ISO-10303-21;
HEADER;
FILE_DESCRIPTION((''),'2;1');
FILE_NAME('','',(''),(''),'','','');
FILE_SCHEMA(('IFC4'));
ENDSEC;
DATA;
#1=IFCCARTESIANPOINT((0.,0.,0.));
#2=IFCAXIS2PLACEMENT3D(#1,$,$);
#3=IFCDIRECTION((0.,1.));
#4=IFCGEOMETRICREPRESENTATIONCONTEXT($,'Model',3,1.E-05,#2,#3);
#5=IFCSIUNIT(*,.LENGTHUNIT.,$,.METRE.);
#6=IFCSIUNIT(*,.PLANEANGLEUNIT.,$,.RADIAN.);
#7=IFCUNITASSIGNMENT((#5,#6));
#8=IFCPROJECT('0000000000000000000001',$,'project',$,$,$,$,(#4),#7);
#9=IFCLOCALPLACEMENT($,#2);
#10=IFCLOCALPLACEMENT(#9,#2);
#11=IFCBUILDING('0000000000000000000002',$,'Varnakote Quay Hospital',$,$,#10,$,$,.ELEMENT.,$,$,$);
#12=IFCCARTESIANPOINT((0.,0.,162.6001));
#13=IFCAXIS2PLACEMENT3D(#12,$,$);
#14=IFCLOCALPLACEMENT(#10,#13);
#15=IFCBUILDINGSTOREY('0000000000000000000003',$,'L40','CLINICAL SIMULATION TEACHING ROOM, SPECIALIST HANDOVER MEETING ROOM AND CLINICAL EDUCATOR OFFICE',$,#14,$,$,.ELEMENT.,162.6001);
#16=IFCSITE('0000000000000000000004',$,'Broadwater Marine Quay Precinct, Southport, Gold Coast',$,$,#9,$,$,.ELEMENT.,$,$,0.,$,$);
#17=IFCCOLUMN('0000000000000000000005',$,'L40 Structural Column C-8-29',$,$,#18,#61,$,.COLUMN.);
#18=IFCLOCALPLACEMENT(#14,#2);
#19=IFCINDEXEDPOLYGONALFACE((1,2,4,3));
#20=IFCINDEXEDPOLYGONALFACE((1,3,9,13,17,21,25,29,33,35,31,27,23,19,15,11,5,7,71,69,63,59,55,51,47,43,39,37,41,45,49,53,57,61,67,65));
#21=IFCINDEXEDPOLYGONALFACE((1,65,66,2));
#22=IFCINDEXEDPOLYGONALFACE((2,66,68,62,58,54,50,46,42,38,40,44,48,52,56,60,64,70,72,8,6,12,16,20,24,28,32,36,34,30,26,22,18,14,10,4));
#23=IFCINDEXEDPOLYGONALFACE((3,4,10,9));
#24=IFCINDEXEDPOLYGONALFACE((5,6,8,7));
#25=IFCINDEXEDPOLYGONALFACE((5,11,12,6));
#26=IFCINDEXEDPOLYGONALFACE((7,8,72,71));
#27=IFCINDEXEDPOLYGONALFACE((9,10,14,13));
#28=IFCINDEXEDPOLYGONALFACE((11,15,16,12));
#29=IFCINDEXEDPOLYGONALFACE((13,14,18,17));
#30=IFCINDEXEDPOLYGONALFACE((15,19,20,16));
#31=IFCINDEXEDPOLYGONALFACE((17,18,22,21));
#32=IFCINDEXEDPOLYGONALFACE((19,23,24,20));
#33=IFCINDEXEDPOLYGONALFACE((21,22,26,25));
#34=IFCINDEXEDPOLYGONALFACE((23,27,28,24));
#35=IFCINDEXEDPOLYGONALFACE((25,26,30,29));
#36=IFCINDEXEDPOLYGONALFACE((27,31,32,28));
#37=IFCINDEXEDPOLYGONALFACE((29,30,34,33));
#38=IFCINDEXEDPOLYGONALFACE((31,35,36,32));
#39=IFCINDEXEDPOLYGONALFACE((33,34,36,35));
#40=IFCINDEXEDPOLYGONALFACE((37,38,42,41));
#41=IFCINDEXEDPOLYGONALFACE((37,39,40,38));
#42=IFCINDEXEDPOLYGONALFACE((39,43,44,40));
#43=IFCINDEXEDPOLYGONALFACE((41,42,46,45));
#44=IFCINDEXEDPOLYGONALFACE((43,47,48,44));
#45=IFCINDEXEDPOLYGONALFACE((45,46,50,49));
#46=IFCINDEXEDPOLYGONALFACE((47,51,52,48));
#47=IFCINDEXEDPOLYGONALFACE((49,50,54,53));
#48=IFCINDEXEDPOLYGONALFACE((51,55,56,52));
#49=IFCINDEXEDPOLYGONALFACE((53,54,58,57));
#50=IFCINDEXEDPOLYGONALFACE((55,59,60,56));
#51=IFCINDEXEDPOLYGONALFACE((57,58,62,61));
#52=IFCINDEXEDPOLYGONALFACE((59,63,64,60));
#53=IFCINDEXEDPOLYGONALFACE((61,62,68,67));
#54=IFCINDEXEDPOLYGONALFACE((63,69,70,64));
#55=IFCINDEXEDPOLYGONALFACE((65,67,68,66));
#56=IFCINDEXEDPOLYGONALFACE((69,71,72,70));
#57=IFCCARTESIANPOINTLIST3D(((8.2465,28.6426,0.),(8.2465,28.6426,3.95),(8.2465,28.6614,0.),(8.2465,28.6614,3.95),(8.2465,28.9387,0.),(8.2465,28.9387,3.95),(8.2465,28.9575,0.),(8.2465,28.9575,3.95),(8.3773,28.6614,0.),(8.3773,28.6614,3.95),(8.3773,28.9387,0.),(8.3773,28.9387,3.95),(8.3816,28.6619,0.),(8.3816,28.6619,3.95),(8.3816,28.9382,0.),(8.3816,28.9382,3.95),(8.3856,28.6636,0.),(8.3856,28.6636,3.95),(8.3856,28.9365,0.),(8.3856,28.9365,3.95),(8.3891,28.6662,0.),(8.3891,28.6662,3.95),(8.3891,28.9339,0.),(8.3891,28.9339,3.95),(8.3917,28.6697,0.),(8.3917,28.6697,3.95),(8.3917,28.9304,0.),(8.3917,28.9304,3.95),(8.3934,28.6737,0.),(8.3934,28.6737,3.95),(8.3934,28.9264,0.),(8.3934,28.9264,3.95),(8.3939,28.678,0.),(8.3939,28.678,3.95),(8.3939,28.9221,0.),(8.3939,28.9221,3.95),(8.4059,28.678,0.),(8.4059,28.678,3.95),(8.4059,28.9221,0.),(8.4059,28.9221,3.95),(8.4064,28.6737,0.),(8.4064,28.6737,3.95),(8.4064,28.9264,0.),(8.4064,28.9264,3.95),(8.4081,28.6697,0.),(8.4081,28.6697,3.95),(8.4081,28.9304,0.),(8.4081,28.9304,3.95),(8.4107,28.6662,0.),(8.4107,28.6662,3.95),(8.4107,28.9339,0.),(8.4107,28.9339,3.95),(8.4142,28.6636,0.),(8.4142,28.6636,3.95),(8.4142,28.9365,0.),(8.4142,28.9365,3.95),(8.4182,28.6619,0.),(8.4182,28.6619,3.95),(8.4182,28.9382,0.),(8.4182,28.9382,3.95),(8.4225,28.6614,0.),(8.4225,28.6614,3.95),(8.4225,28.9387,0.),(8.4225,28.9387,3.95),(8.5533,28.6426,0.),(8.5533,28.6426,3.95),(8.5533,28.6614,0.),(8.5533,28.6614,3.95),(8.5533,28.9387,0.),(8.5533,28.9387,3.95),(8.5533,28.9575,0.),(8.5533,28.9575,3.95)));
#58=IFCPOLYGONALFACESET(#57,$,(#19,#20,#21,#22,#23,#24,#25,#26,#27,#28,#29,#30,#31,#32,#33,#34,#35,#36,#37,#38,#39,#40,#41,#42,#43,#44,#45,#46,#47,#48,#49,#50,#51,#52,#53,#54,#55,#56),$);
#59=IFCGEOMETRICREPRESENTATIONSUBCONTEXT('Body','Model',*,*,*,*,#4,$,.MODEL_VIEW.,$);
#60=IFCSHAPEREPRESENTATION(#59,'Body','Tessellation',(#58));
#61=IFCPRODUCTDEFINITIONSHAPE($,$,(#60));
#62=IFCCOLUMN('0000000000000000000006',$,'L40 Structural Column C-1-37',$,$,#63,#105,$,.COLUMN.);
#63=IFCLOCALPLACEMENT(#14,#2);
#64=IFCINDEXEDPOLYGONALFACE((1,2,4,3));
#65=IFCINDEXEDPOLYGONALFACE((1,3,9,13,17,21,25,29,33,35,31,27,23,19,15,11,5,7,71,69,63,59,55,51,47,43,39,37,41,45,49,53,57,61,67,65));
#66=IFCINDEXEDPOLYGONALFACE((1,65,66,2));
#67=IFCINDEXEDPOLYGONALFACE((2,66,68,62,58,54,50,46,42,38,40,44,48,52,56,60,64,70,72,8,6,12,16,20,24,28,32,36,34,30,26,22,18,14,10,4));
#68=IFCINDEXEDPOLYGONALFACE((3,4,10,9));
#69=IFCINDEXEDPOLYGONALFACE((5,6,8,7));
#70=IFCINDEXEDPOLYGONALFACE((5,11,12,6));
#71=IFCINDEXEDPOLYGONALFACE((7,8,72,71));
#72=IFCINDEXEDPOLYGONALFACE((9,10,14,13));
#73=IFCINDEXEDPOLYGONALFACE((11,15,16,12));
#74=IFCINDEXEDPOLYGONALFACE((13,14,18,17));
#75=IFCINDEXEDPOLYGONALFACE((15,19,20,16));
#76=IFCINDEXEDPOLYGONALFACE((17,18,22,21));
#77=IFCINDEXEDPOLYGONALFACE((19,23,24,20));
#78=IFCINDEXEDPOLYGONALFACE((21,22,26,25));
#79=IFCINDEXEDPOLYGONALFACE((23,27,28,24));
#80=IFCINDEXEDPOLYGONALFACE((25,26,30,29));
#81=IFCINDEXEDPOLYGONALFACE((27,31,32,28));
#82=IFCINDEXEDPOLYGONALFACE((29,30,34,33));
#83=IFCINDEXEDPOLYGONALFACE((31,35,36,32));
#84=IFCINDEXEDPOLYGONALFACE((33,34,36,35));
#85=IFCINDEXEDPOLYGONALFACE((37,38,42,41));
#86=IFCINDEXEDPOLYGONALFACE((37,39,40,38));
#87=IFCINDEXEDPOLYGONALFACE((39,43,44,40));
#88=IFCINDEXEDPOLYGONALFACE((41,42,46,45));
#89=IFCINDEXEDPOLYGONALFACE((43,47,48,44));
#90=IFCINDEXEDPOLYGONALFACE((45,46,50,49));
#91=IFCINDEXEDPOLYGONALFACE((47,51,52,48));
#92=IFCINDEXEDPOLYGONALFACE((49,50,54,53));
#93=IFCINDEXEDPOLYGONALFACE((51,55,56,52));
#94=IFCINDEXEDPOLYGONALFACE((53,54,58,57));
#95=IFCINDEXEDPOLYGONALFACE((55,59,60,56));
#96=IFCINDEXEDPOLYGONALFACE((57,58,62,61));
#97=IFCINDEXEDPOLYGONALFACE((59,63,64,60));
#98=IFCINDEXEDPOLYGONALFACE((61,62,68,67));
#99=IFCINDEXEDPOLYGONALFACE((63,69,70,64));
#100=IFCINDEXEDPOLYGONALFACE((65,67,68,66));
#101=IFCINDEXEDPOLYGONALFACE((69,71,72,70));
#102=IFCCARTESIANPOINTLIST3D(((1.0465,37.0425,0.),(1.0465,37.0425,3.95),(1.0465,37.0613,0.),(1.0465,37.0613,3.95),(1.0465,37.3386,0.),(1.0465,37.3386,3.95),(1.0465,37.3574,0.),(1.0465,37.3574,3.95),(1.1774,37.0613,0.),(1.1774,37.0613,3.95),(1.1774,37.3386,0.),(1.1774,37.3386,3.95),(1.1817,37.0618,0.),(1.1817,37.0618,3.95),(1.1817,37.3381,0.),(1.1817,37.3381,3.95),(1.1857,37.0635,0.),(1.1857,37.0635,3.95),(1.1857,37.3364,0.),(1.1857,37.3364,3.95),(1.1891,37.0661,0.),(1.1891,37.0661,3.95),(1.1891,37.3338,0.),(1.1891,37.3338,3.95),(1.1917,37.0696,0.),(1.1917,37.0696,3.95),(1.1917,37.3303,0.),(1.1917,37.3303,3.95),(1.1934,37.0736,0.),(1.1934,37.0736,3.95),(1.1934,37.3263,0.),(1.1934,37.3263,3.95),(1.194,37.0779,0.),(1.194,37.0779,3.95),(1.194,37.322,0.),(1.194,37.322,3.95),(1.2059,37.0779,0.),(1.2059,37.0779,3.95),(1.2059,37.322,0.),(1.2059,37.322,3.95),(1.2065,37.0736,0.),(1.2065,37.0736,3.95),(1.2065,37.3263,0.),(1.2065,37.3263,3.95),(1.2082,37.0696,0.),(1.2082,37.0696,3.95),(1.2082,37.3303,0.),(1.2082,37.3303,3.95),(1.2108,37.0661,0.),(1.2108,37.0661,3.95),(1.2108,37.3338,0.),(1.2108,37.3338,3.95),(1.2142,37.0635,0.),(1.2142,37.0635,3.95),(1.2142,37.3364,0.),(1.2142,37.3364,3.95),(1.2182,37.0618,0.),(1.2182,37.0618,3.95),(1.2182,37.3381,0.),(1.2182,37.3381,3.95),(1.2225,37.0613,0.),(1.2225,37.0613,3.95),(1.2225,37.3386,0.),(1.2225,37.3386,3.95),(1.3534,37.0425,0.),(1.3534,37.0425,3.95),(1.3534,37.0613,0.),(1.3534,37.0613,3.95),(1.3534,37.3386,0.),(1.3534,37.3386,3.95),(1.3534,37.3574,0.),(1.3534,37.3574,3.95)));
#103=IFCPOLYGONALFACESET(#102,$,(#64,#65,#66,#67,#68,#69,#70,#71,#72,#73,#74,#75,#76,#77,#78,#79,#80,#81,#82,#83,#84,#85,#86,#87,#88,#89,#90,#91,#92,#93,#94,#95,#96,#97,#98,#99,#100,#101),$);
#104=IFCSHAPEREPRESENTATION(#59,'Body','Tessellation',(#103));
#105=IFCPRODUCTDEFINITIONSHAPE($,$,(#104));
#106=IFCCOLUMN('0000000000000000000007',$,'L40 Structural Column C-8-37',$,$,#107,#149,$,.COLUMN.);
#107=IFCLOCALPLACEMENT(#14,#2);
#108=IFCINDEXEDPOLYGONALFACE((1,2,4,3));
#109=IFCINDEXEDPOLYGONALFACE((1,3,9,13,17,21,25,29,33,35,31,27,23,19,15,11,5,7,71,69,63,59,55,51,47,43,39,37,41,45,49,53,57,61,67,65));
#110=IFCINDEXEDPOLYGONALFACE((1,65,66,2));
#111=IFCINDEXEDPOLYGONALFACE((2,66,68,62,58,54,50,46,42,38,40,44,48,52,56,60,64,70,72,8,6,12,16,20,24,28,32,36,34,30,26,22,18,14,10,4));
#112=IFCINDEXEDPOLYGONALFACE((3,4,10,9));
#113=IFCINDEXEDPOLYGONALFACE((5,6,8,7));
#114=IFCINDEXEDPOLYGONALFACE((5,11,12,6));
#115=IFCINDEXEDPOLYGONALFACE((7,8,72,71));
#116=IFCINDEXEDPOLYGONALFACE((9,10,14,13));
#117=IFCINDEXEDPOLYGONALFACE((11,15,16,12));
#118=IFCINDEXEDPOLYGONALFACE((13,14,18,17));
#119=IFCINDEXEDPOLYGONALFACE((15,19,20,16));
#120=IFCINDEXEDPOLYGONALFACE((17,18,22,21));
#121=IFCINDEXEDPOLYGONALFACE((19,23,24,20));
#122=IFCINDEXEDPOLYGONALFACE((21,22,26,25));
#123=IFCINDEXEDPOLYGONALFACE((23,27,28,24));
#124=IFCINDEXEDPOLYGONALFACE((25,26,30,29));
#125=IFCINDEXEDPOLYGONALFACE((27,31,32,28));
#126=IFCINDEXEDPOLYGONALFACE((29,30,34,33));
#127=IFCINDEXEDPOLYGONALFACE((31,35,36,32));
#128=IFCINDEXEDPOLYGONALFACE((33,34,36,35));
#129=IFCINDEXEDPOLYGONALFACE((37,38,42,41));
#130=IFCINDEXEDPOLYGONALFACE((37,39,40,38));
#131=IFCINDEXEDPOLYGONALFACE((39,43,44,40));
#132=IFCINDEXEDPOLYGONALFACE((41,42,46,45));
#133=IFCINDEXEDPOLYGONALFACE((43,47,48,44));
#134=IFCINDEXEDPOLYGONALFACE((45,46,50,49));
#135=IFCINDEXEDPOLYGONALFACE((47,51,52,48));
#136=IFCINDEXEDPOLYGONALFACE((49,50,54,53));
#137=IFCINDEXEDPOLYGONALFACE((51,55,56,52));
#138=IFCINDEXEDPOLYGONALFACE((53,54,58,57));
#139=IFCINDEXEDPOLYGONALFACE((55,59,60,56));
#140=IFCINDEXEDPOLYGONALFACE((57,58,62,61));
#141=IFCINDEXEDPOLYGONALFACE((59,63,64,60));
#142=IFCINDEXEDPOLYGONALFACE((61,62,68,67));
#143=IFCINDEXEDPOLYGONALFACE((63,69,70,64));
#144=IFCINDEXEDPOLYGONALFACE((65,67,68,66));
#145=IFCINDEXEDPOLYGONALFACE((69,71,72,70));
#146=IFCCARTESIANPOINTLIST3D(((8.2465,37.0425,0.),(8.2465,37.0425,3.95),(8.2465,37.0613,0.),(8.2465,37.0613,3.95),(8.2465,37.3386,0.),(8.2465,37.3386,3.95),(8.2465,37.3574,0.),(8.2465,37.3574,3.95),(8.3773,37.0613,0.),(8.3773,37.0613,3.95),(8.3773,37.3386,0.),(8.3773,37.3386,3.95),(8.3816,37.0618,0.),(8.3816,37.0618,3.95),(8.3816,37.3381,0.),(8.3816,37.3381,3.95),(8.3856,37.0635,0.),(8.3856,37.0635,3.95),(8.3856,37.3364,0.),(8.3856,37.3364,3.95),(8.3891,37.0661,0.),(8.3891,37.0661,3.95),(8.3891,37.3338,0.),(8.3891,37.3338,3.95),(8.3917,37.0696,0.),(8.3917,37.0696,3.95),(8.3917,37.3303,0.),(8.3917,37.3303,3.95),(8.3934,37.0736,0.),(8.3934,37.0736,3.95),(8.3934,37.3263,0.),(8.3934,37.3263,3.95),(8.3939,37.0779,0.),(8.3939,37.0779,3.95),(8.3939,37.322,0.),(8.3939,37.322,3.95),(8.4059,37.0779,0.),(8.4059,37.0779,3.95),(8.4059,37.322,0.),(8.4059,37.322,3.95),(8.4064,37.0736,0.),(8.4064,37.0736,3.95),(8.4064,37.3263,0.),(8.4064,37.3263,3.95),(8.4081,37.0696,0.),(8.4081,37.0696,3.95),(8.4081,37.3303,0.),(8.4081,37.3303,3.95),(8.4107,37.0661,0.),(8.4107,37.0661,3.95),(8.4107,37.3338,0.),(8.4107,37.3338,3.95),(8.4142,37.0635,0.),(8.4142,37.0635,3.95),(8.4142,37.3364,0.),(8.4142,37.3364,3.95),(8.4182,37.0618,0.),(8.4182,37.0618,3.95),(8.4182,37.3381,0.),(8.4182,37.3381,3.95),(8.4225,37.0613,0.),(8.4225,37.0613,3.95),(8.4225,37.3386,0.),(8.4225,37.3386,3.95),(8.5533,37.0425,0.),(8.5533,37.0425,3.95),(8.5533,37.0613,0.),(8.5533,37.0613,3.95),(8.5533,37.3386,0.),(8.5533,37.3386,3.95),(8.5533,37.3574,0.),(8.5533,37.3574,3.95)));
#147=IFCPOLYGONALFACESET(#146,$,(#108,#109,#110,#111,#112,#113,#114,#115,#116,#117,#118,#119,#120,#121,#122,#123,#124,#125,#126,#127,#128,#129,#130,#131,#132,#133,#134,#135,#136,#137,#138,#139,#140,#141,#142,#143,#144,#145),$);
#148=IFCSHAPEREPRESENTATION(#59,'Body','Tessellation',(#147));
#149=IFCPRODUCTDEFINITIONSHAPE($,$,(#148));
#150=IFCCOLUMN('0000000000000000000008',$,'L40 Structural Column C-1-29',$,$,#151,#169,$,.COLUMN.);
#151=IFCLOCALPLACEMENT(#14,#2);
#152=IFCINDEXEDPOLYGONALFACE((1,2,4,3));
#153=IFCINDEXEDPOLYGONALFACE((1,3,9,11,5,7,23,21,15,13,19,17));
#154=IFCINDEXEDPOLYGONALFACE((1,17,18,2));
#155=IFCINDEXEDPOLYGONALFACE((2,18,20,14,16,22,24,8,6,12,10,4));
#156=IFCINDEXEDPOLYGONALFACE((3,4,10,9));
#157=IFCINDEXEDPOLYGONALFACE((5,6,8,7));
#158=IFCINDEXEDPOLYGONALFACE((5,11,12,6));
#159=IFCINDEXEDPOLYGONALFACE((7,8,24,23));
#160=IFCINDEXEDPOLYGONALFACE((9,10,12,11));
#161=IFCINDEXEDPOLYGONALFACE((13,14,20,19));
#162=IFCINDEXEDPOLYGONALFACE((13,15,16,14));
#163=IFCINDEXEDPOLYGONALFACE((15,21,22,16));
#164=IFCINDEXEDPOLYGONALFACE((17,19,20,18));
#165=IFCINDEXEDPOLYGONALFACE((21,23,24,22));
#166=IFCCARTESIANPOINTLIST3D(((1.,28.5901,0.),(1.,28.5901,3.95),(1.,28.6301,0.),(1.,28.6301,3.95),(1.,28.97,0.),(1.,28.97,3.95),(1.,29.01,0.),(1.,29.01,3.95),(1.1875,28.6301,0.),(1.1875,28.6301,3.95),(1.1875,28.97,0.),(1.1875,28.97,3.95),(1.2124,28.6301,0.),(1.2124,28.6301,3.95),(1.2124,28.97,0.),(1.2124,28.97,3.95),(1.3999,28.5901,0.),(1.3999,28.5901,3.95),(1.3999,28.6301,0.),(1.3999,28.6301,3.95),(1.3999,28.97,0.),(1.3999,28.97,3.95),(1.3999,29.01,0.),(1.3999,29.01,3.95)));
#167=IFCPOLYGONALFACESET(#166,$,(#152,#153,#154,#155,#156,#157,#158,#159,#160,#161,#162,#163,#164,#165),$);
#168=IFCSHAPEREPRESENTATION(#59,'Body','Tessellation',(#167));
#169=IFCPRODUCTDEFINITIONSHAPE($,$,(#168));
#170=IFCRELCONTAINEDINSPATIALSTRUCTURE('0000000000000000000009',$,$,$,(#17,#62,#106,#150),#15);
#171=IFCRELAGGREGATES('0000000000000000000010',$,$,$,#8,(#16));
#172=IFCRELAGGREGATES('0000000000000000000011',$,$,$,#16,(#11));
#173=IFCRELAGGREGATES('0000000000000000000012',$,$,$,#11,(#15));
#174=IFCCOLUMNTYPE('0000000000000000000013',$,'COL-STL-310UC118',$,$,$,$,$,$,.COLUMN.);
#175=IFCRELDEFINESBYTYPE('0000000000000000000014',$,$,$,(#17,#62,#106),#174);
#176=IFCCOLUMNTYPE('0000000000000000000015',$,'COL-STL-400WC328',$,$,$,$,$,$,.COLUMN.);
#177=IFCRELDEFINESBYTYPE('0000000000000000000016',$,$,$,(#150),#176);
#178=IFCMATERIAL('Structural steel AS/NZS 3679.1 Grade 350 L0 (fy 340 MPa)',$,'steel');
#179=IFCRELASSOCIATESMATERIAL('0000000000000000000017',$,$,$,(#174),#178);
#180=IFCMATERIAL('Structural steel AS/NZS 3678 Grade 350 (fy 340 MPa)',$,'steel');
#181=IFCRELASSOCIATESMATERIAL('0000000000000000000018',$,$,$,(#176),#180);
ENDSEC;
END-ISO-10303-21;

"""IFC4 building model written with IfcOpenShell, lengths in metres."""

from ifc_helpers import new_model, si_unit, direction, frame, origin, origin_2d, place, context, subcontext, project, spatial, i_section, extrude, material, material_profile, profile_set, type_object, element, save


model = new_model("IFC4")

# Units and contexts
model_context = context("Model", 3, precision=1e-05, world=origin(), true_north=direction((0.0, 1.0)))
body_context = subcontext(model_context, "Body", "Model", "MODEL_VIEW")
ifc_project = project(units=[si_unit("LENGTHUNIT", "METRE"), si_unit("PLANEANGLEUNIT", "RADIAN")], contexts=[model_context])

# Site, building, storey
site_placement = place(None, origin())
site = spatial("IfcSite", under=ifc_project, at=site_placement, Name="Broadwater Marine Quay Precinct, Southport, Gold Coast", CompositionType="ELEMENT", RefElevation=0.0)
building_placement = place(site_placement, origin())
building = spatial("IfcBuilding", under=site, at=building_placement, Name="Varnakote Quay Hospital", CompositionType="ELEMENT")
storey_placement = place(building_placement, frame((0.0, 0.0, 162.6001)))
storey = spatial("IfcBuildingStorey", under=building, at=storey_placement, Name="L40", Description="CLINICAL SIMULATION TEACHING ROOM, SPECIALIST HANDOVER MEETING ROOM AND CLINICAL EDUCATOR OFFICE", CompositionType="ELEMENT", Elevation=162.6001)

# Columns
ifc_material_1 = material(Name="Structural steel AS/NZS 3679.1 Grade 350 L0 (fy 340 MPa)", Category="steel")
ifc_material_profile_1 = material_profile(ifc_material_1, i_section(OverallWidth=0.3069, OverallDepth=0.3149, WebThickness=0.012, FlangeThickness=0.0188, FilletRadius=0.0166, at=origin_2d()), Name="310UC118")
ifc_profile_set_1 = profile_set([ifc_material_profile_1], Name="Structural steel AS/NZS 3679.1 Grade 350 L0 (fy 340 MPa)")
column_type_1 = type_object("IfcColumnType", Name="COL-STL-310UC118", PredefinedType="COLUMN", material=ifc_profile_set_1)
for number, where, z_axis, x_axis, name in (
    (1, (8.3999, 28.8, 0.0), (0.0, 0.0, 1.0), (1.0, 0.0, 0.0), "L40 Structural Column C-8-29"),
    (2, (1.2, 37.2, 0.0), (0.0, 0.0, 1.0), (1.0, 0.0, 0.0), "L40 Structural Column C-1-37"),
    (3, (8.3999, 37.2, 0.0), (0.0, 0.0, 1.0), (1.0, 0.0, 0.0), "L40 Structural Column C-8-37"),
):
    element("IfcColumn", number, at=place(storey_placement, frame(where, z_axis=z_axis, x_axis=x_axis)), inside=storey, type_object=column_type_1, Name=name, PredefinedType="COLUMN", context=body_context, shape_type="SweptSolid", body=[
        extrude(i_section(OverallWidth=0.3069, OverallDepth=0.3149, WebThickness=0.012, FlangeThickness=0.0188, FilletRadius=0.0166, at=origin_2d()), origin(), (0.0, 0.0, 1.0), 3.95),
    ])
ifc_material_2 = material(Name="Structural steel AS/NZS 3678 Grade 350 (fy 340 MPa)", Category="steel")
ifc_material_profile_2 = material_profile(ifc_material_2, i_section(OverallWidth=0.3999, OverallDepth=0.4199, WebThickness=0.0249, FlangeThickness=0.04, at=origin_2d()), Name="400WC328")
ifc_profile_set_2 = profile_set([ifc_material_profile_2], Name="Structural steel AS/NZS 3678 Grade 350 (fy 340 MPa)")
column_type_2 = type_object("IfcColumnType", Name="COL-STL-400WC328", PredefinedType="COLUMN", material=ifc_profile_set_2)
column_placement = place(storey_placement, frame((1.2, 28.8, 0.0), z_axis=(0.0, 0.0, 1.0), x_axis=(1.0, 0.0, 0.0)))
element("IfcColumn", 4, at=column_placement, inside=storey, type_object=column_type_2, Name="L40 Structural Column C-1-29", PredefinedType="COLUMN", context=body_context, shape_type="SweptSolid", body=[
    extrude(i_section(OverallWidth=0.3999, OverallDepth=0.4199, WebThickness=0.0249, FlangeThickness=0.04, at=origin_2d()), origin(), (0.0, 0.0, 1.0), 3.95),
])

save(model, "model.ifc")
